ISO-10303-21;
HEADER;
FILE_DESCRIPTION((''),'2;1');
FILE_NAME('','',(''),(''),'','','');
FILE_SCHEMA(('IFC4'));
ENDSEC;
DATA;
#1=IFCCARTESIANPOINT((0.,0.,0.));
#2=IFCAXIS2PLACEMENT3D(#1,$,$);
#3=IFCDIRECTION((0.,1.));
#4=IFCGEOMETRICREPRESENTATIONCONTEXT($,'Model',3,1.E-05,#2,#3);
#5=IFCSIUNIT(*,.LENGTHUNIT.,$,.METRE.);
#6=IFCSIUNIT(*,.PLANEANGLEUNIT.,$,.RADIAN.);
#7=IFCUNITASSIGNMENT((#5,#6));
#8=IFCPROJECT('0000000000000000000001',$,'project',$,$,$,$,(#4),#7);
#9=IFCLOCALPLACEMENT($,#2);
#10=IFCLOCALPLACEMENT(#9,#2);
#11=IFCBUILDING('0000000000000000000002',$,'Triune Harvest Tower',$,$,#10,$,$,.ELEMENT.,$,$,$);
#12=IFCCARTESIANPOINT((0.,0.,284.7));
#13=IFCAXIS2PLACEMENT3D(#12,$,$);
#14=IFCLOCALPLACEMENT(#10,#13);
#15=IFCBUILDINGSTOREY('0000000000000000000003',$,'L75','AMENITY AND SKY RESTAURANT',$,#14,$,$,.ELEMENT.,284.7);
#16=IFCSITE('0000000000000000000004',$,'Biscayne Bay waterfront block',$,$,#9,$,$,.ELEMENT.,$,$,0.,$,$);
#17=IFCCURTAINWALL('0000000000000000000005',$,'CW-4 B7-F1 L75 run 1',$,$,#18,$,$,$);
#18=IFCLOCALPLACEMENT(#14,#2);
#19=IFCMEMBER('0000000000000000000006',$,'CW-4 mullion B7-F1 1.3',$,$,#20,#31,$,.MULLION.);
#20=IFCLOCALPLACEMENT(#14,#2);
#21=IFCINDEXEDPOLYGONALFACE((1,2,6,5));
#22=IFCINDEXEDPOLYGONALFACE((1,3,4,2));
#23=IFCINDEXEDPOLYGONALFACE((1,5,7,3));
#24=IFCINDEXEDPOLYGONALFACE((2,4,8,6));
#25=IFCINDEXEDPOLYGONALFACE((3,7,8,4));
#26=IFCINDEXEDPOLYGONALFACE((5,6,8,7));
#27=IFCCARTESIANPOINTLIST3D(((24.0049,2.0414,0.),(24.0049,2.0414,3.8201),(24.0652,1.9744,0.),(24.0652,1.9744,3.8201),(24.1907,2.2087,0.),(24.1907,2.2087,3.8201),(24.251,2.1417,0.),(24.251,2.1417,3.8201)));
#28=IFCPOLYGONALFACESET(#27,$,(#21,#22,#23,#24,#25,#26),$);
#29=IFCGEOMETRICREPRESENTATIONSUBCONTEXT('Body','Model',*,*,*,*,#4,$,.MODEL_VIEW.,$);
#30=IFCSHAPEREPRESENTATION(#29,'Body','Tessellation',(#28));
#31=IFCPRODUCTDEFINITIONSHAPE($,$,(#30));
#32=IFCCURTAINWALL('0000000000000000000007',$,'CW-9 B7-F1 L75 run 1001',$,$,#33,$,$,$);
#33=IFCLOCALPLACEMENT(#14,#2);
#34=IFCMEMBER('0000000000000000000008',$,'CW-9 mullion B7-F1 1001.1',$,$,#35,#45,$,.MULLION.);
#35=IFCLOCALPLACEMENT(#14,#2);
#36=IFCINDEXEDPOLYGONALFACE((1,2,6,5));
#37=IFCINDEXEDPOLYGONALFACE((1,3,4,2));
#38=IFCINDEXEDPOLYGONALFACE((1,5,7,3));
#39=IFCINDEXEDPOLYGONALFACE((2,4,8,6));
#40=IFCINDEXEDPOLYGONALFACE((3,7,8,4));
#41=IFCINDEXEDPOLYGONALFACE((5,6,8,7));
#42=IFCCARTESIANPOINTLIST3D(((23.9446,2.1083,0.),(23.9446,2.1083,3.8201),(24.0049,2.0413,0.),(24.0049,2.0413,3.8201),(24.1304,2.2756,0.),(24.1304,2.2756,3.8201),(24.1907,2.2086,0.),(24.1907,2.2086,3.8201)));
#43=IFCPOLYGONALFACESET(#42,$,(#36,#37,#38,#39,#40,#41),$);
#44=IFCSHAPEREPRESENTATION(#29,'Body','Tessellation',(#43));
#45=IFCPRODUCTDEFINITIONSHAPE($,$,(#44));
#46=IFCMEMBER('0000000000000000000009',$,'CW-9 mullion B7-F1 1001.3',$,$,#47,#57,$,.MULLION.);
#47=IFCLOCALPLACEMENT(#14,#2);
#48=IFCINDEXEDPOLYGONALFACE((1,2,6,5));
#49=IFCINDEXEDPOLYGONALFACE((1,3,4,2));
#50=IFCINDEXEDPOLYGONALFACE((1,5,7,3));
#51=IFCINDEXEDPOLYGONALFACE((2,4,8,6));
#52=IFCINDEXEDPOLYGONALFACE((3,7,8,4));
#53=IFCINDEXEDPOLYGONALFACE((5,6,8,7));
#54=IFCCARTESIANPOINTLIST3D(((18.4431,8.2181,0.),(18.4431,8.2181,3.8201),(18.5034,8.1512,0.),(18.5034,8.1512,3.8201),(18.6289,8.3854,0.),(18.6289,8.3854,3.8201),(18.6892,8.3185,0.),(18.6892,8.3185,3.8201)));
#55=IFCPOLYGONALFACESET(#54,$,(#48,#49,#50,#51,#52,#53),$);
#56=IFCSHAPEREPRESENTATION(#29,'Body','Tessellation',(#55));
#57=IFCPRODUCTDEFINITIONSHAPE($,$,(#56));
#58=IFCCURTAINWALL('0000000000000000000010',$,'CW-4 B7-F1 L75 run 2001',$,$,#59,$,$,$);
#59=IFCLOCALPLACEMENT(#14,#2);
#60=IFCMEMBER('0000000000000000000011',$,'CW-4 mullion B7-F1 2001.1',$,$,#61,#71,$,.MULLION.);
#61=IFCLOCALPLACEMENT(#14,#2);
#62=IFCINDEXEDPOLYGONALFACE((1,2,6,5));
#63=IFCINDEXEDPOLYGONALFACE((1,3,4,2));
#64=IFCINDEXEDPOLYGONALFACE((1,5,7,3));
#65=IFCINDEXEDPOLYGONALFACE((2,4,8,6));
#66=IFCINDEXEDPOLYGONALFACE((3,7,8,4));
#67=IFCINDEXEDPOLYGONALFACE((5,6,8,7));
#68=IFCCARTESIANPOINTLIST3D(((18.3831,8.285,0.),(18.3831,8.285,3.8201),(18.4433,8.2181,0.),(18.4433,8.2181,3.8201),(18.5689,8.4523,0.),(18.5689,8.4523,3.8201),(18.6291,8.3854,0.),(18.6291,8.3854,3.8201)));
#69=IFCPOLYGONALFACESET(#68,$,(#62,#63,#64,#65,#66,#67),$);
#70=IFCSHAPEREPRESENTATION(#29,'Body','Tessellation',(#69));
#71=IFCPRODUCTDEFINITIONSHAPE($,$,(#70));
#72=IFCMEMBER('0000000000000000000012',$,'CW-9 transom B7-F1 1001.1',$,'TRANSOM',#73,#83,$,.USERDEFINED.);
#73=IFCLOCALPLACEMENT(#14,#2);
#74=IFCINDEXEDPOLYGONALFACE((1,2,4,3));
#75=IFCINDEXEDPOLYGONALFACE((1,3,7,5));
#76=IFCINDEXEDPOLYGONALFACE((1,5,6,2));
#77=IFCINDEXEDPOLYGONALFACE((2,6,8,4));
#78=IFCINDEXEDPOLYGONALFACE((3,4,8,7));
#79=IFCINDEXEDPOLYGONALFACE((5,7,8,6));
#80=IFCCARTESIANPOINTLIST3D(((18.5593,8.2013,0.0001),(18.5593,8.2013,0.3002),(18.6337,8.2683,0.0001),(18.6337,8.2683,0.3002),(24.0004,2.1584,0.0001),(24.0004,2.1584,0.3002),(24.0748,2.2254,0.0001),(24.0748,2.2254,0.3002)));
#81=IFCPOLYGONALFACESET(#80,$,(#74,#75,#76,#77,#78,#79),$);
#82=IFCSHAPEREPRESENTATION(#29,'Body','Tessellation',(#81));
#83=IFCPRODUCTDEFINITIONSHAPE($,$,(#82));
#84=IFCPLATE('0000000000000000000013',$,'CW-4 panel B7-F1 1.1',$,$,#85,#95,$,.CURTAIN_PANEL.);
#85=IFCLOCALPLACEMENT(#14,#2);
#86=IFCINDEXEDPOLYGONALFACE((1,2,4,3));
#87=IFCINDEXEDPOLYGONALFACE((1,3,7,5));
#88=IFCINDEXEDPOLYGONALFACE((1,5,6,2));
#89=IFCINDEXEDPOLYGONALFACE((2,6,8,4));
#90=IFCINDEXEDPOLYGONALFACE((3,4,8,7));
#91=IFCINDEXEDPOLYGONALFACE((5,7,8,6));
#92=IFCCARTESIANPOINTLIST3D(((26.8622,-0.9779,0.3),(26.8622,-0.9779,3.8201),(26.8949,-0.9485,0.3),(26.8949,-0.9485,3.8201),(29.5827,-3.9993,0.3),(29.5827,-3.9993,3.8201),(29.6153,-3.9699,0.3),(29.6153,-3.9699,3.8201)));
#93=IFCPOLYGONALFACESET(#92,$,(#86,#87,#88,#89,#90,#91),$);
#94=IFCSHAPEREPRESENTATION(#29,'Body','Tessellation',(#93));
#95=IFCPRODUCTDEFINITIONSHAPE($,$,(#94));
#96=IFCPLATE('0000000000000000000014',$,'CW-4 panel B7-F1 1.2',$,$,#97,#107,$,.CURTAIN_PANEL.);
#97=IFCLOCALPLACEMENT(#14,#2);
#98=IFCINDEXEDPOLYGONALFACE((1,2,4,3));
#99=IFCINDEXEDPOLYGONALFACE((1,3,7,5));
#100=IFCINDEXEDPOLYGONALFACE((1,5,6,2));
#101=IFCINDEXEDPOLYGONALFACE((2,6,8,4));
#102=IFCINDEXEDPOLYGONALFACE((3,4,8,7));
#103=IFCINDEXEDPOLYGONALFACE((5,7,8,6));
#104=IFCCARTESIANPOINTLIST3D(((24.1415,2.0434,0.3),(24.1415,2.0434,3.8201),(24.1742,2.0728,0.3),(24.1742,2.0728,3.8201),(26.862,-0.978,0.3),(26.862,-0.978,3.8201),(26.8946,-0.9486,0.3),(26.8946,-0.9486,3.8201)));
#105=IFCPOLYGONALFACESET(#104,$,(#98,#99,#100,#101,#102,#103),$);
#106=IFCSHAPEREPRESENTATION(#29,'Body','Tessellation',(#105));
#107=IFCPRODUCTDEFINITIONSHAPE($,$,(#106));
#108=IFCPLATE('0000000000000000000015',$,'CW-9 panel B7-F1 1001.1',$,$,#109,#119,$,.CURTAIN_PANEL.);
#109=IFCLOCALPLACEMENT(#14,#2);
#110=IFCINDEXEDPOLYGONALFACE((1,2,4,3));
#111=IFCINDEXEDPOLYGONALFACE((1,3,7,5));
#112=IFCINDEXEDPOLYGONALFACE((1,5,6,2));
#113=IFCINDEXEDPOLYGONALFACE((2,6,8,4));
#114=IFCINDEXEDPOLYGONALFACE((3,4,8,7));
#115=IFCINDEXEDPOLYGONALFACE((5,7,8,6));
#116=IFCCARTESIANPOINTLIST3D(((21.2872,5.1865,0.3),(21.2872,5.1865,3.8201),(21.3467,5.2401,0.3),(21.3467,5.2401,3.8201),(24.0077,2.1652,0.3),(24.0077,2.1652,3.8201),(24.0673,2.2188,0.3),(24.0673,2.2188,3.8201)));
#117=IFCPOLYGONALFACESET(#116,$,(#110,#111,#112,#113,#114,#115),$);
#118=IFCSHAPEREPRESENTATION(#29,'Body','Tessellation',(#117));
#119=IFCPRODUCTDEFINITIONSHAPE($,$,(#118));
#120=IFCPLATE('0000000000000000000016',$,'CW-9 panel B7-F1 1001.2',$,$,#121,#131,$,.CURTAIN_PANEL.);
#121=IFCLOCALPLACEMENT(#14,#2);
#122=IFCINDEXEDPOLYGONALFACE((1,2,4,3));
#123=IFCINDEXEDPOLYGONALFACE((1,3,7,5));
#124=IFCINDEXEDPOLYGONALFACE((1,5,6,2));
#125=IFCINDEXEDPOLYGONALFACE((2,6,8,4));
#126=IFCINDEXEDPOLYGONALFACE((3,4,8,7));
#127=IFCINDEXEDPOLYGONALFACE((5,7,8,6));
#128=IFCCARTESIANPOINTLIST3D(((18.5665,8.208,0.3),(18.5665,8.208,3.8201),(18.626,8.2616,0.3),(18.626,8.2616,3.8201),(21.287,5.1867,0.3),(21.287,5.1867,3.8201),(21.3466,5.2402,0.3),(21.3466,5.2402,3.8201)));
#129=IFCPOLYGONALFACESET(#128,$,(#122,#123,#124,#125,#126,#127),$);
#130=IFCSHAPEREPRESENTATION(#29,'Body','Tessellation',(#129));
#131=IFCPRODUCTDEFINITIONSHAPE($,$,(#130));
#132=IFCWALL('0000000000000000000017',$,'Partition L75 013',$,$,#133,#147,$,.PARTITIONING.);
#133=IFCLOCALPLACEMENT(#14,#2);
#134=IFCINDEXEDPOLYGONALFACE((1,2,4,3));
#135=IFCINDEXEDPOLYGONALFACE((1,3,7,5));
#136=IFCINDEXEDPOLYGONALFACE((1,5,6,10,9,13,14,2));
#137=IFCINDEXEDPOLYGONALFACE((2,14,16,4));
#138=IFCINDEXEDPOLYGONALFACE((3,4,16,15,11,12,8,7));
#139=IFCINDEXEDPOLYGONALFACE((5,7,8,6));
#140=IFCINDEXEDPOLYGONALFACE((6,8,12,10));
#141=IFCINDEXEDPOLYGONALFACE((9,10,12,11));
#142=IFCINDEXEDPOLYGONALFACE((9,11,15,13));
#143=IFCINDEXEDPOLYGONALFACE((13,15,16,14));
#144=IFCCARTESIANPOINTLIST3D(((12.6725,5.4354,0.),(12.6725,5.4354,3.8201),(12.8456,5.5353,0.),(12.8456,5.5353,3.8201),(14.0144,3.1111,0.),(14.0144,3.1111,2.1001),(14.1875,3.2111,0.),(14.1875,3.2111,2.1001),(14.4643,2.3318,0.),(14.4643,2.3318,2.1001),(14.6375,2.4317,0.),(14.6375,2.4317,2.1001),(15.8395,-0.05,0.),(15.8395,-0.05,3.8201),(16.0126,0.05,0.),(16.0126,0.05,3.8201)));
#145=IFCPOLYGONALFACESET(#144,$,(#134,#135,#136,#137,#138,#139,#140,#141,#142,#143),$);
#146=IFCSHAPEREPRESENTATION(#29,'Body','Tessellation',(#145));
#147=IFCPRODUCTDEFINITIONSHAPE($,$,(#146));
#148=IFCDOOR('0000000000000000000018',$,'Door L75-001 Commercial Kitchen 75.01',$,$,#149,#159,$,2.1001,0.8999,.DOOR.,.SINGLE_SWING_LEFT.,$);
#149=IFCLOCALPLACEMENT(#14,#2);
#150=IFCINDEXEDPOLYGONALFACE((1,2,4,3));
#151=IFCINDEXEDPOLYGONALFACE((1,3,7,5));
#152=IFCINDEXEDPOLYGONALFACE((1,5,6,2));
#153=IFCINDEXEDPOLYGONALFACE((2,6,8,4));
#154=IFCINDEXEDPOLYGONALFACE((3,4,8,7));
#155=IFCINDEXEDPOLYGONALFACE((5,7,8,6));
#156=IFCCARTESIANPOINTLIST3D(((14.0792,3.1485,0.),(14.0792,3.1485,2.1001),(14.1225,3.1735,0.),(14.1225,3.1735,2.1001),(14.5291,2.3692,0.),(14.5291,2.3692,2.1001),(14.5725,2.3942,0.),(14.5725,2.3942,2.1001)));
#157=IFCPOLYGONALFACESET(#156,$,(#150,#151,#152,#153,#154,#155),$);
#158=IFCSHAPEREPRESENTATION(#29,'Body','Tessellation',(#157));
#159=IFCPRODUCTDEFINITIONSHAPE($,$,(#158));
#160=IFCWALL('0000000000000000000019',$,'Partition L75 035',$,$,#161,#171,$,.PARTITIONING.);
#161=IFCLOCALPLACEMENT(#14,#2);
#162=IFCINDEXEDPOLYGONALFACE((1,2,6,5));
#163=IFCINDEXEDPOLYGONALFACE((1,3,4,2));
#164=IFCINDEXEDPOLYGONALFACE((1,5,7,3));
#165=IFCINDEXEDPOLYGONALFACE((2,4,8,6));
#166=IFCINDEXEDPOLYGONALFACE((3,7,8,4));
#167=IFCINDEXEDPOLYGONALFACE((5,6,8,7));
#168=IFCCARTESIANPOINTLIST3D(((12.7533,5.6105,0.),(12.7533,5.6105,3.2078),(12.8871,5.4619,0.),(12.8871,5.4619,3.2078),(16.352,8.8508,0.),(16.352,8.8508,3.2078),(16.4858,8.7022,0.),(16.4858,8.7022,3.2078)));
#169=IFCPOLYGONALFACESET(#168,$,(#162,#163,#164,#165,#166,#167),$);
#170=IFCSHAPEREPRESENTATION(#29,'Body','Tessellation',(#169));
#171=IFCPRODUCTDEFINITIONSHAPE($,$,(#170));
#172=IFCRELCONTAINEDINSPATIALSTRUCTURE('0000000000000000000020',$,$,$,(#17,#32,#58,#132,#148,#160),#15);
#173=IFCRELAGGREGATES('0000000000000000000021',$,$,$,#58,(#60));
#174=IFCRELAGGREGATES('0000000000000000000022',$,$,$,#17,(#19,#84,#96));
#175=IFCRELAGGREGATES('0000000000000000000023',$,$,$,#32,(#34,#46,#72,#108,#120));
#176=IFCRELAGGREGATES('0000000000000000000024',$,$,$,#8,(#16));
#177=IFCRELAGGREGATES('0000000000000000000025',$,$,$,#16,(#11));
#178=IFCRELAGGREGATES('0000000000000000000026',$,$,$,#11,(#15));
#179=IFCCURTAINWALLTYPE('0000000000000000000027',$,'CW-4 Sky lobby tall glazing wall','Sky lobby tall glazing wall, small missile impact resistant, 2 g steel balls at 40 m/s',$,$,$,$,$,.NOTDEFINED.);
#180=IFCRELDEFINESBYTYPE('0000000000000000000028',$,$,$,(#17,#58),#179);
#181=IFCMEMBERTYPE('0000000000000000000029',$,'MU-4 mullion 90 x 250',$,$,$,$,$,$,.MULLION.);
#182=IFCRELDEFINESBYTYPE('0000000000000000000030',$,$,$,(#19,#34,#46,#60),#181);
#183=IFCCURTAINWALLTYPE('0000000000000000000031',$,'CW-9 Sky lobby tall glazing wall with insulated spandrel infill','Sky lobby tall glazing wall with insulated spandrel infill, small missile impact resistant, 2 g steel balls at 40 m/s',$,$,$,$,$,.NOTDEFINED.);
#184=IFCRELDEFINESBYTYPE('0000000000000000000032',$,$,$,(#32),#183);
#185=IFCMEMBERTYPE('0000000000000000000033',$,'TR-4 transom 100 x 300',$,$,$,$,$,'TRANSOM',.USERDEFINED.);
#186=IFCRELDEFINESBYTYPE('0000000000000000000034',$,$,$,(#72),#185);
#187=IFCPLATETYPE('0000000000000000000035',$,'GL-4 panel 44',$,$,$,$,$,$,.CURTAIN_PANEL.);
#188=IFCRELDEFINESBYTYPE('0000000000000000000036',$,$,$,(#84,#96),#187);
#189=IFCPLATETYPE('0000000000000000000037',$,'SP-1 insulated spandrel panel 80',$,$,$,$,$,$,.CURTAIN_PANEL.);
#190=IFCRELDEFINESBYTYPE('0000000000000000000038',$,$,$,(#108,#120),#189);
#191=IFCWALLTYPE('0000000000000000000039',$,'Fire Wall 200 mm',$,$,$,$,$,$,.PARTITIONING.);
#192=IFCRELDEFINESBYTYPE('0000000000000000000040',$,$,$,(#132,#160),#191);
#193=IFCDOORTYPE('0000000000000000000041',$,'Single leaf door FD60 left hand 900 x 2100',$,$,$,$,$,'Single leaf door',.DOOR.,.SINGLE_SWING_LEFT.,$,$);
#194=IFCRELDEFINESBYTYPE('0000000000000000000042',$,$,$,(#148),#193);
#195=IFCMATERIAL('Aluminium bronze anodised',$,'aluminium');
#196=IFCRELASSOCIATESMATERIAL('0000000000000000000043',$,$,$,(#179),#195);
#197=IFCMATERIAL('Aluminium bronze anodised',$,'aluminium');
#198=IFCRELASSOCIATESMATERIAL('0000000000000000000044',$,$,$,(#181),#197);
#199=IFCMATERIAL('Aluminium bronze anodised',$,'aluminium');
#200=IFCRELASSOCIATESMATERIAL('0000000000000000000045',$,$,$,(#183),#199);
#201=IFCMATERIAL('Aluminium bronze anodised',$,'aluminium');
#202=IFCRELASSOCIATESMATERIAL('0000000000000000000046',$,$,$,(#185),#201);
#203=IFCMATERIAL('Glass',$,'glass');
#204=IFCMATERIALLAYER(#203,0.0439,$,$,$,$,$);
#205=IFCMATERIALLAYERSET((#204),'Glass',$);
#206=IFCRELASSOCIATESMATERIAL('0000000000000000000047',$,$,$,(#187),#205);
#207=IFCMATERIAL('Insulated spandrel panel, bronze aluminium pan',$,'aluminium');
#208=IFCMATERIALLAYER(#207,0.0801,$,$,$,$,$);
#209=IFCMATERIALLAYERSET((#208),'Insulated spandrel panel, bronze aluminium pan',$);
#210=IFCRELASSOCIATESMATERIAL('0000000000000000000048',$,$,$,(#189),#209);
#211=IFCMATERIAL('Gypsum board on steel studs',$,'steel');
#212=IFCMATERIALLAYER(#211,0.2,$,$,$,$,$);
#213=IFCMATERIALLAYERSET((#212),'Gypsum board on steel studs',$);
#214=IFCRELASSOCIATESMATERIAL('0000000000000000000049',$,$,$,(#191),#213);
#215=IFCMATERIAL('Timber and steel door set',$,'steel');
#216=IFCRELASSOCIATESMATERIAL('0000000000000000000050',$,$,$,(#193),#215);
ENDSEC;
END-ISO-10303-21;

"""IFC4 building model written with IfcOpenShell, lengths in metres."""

from ifc_helpers import new_model, si_unit, direction, frame, frame_2d, origin, origin_2d, place, context, subcontext, project, spatial, rectangle, extrude, source, transform, mapped, material, layer, layer_set, material_profile, profile_set, type_object, element, fill, aggregate, save


model = new_model("IFC4")

# Units and contexts
model_context = context("Model", 3, precision=1e-05, world=origin(), true_north=direction((0.0, 1.0)))
body_context = subcontext(model_context, "Body", "Model", "MODEL_VIEW")
ifc_project = project(units=[si_unit("LENGTHUNIT", "METRE"), si_unit("PLANEANGLEUNIT", "RADIAN")], contexts=[model_context])

# Site, building, storey
site_placement = place(None, origin())
site = spatial("IfcSite", under=ifc_project, at=site_placement, Name="Biscayne Bay waterfront block", CompositionType="ELEMENT", RefElevation=0.0)
building_placement = place(site_placement, origin())
building = spatial("IfcBuilding", under=site, at=building_placement, Name="Triune Harvest Tower", CompositionType="ELEMENT")
storey_placement = place(building_placement, frame((0.0, 0.0, 284.7)))
storey = spatial("IfcBuildingStorey", under=building, at=storey_placement, Name="L75", Description="AMENITY AND SKY RESTAURANT", CompositionType="ELEMENT", Elevation=284.7)

# Curtain wall, member
ifc_material_1 = material(Name="Aluminium bronze anodised", Category="aluminium")
curtain_wall_type_1 = type_object("IfcCurtainWallType", Name="CW-4 Sky lobby tall glazing wall", Description="Sky lobby tall glazing wall, small missile impact resistant, 2 g steel balls at 40 m/s", PredefinedType="NOTDEFINED", material=ifc_material_1)
curtain_wall_1_placement = place(storey_placement, origin())
curtain_wall_1 = element("IfcCurtainWall", 1, at=curtain_wall_1_placement, inside=storey, type_object=curtain_wall_type_1, Name="CW-4 B7-F1 L75 run 1")
ifc_material_2 = material(Name="Aluminium bronze anodised", Category="aluminium")
ifc_material_profile_1 = material_profile(ifc_material_2, rectangle(XDim=0.25, YDim=0.0901, at=origin_2d()), Name="MU-4 mullion 90 x 250")
ifc_profile_set_1 = profile_set([ifc_material_profile_1], Name="Aluminium bronze anodised")
member_type_1 = type_object("IfcMemberType", Name="MU-4 mullion 90 x 250", PredefinedType="MULLION", material=ifc_profile_set_1)
shared_shape_1 = source(origin(), body_context, "Body", "SweptSolid", [
    extrude(rectangle(XDim=0.25, YDim=0.0901, at=origin_2d()), origin(), (0.0, 0.0, 1.0), 3.8201),
])
member_1_placement = place(storey_placement, frame((24.1279, 2.0916, 0.0), z_axis=(0.0, 0.0, 1.0), x_axis=(-0.743149, -0.669126, 0.0)))
member_1 = element("IfcMember", 2, at=member_1_placement, type_object=member_type_1, Name="CW-4 mullion B7-F1 1.3", PredefinedType="MULLION", context=body_context, shape_type="MappedRepresentation", body=[
    mapped(shared_shape_1, transform((0.0, 0.0, 0.0), scale=1.0)),
])

# Curtain wall, members
ifc_material_3 = material(Name="Aluminium bronze anodised", Category="aluminium")
curtain_wall_type_2 = type_object("IfcCurtainWallType", Name="CW-9 Sky lobby tall glazing wall with insulated spandrel infill", Description="Sky lobby tall glazing wall with insulated spandrel infill, small missile impact resistant, 2 g steel balls at 40 m/s", PredefinedType="NOTDEFINED", material=ifc_material_3)
curtain_wall_2_placement = place(storey_placement, origin())
curtain_wall_2 = element("IfcCurtainWall", 3, at=curtain_wall_2_placement, inside=storey, type_object=curtain_wall_type_2, Name="CW-9 B7-F1 L75 run 1001")
member_2_placement = place(storey_placement, frame((24.0676, 2.1584, 0.0), z_axis=(0.0, 0.0, 1.0), x_axis=(-0.743135, -0.669142, 0.0)))
member_2 = element("IfcMember", 4, at=member_2_placement, type_object=member_type_1, Name="CW-9 mullion B7-F1 1001.1", PredefinedType="MULLION", context=body_context, shape_type="MappedRepresentation", body=[
    mapped(shared_shape_1, transform((0.0, 0.0, 0.0), scale=1.0)),
])
member_3_placement = place(storey_placement, frame((18.5662, 8.2683, 0.0), z_axis=(0.0, 0.0, 1.0), x_axis=(-0.743135, -0.669142, 0.0)))
member_3 = element("IfcMember", 5, at=member_3_placement, type_object=member_type_1, Name="CW-9 mullion B7-F1 1001.3", PredefinedType="MULLION", context=body_context, shape_type="MappedRepresentation", body=[
    mapped(shared_shape_1, transform((0.0, 0.0, 0.0), scale=1.0)),
])

# Curtain wall, member
curtain_wall_3_placement = place(storey_placement, origin())
curtain_wall_3 = element("IfcCurtainWall", 6, at=curtain_wall_3_placement, inside=storey, type_object=curtain_wall_type_1, Name="CW-4 B7-F1 L75 run 2001")
member_4_placement = place(storey_placement, frame((18.5061, 8.3352, 0.0), z_axis=(0.0, 0.0, 1.0), x_axis=(-0.74315, -0.669125, 0.0)))
member_4 = element("IfcMember", 7, at=member_4_placement, type_object=member_type_1, Name="CW-4 mullion B7-F1 2001.1", PredefinedType="MULLION", context=body_context, shape_type="MappedRepresentation", body=[
    mapped(shared_shape_1, transform((0.0, 0.0, 0.0), scale=1.0)),
])
aggregate(curtain_wall_3, [member_4])

# Member
ifc_material_4 = material(Name="Aluminium bronze anodised", Category="aluminium")
ifc_material_profile_2 = material_profile(ifc_material_4, rectangle(XDim=0.1001, YDim=0.3, at=origin_2d()), Name="TR-4 transom 100 x 300")
ifc_profile_set_2 = profile_set([ifc_material_profile_2], Name="Aluminium bronze anodised")
member_type_2 = type_object("IfcMemberType", Name="TR-4 transom 100 x 300", ElementType="TRANSOM", PredefinedType="USERDEFINED", material=ifc_profile_set_2)
shared_shape_2 = source(origin(), body_context, "Body", "SweptSolid", [
    extrude(rectangle(XDim=0.1001, YDim=0.3, at=origin_2d()), origin(), (0.0, 0.0, 1.0), 8.1316),
])
member_5_placement = place(storey_placement, frame((24.0376, 2.1919, 0.1501), z_axis=(-0.669134, 0.743142, 0.0), x_axis=(-0.743142, -0.669134, 0.0)))
member_5 = element("IfcMember", 8, at=member_5_placement, type_object=member_type_2, Name="CW-9 transom B7-F1 1001.1", ObjectType="TRANSOM", PredefinedType="USERDEFINED", context=body_context, shape_type="MappedRepresentation", body=[
    mapped(shared_shape_2, transform((0.0, 0.0, 0.0), scale=1.0)),
])

# Plates
ifc_material_5 = material(Name="Glass", Category="glass")
ifc_layer_1 = layer(ifc_material_5, 0.0439)
ifc_layer_set_1 = layer_set([ifc_layer_1], Name="Glass")
plate_type_1 = type_object("IfcPlateType", Name="GL-4 panel 44", PredefinedType="CURTAIN_PANEL", material=ifc_layer_set_1)
shared_shape_3 = source(origin(), body_context, "Body", "SweptSolid", [
    extrude(rectangle(XDim=4.0657, YDim=0.0439, at=origin_2d()), origin(), (0.0, 0.0, 1.0), 3.52),
])
plate_1_placement = place(storey_placement, frame((28.2388, -2.4739, 0.3), z_axis=(0.0, 0.0, 1.0), x_axis=(-0.669126, 0.743149, 0.0)))
plate_1 = element("IfcPlate", 9, at=plate_1_placement, type_object=plate_type_1, Name="CW-4 panel B7-F1 1.1", PredefinedType="CURTAIN_PANEL", context=body_context, shape_type="MappedRepresentation", body=[
    mapped(shared_shape_3, transform((0.0, 0.0, 0.0), scale=1.0)),
])
plate_2_placement = place(storey_placement, frame((25.5181, 0.5474, 0.3), z_axis=(0.0, 0.0, 1.0), x_axis=(-0.669126, 0.743149, 0.0)))
plate_2 = element("IfcPlate", 10, at=plate_2_placement, type_object=plate_type_1, Name="CW-4 panel B7-F1 1.2", PredefinedType="CURTAIN_PANEL", context=body_context, shape_type="MappedRepresentation", body=[
    mapped(shared_shape_3, transform((0.0, 0.0, 0.0), scale=1.0)),
])
aggregate(curtain_wall_1, [member_1, plate_1, plate_2])
ifc_material_6 = material(Name="Insulated spandrel panel, bronze aluminium pan", Category="aluminium")
ifc_layer_2 = layer(ifc_material_6, 0.0801)
ifc_layer_set_2 = layer_set([ifc_layer_2], Name="Insulated spandrel panel, bronze aluminium pan")
plate_type_2 = type_object("IfcPlateType", Name="SP-1 insulated spandrel panel 80", PredefinedType="CURTAIN_PANEL", material=ifc_layer_set_2)
shared_shape_4 = source(origin(), body_context, "Body", "SweptSolid", [
    extrude(rectangle(XDim=4.0657, YDim=0.0801, at=origin_2d()), origin(), (0.0, 0.0, 1.0), 3.52),
])
plate_3_placement = place(storey_placement, frame((22.6772, 3.7026, 0.3), z_axis=(0.0, 0.0, 1.0), x_axis=(-0.669142, 0.743135, 0.0)))
plate_3 = element("IfcPlate", 11, at=plate_3_placement, type_object=plate_type_2, Name="CW-9 panel B7-F1 1001.1", PredefinedType="CURTAIN_PANEL", context=body_context, shape_type="MappedRepresentation", body=[
    mapped(shared_shape_4, transform((0.0, 0.0, 0.0), scale=1.0)),
])
plate_4_placement = place(storey_placement, frame((19.9565, 6.7241, 0.3), z_axis=(0.0, 0.0, 1.0), x_axis=(-0.669142, 0.743135, 0.0)))
plate_4 = element("IfcPlate", 12, at=plate_4_placement, type_object=plate_type_2, Name="CW-9 panel B7-F1 1001.2", PredefinedType="CURTAIN_PANEL", context=body_context, shape_type="MappedRepresentation", body=[
    mapped(shared_shape_4, transform((0.0, 0.0, 0.0), scale=1.0)),
])
aggregate(curtain_wall_2, [member_2, member_3, member_5, plate_3, plate_4])

# Wall, opening, door
ifc_material_7 = material(Name="Gypsum board on steel studs", Category="steel")
ifc_layer_3 = layer(ifc_material_7, 0.2)
ifc_layer_set_3 = layer_set([ifc_layer_3], Name="Gypsum board on steel studs")
wall_type_1 = type_object("IfcWallType", Name="Fire Wall 200 mm", PredefinedType="PARTITIONING", material=ifc_layer_set_3)
wall_1_placement = place(storey_placement, frame((12.759, 5.4854, 0.0), z_axis=(0.0, 0.0, 1.0), x_axis=(0.500003, -0.866024, 0.0)))
wall_1 = element("IfcWall", 13, at=wall_1_placement, inside=storey, type_object=wall_type_1, Name="Partition L75 013", PredefinedType="PARTITIONING", context=body_context, shape_type="SweptSolid", body=[
    extrude(rectangle(XDim=6.334, YDim=0.2, at=frame_2d((3.167, 0.0))), origin(), (0.0, 0.0, 1.0), 3.8201),
])
opening_1_placement = place(wall_1_placement, frame((2.6838, 0.0, 0.0)))
opening_1 = element("IfcOpeningElement", 14, at=opening_1_placement, cuts=wall_1, PredefinedType="OPENING", context=body_context, shape_type="SweptSolid", body=[
    extrude(rectangle(XDim=0.8999, YDim=2.1001, at=frame_2d((0.45, 1.05))), frame((0.0, 0.1099, 0.0), z_axis=(0.0, -1.0, 0.0), x_axis=(1.0, 0.0, 0.0)), (0.0, 0.0, 1.0), 0.22),
])
ifc_material_8 = material(Name="Timber and steel door set", Category="steel")
door_type_1 = type_object("IfcDoorType", Name="Single leaf door FD60 left hand 900 x 2100", ElementType="Single leaf door", OperationType="SINGLE_SWING_LEFT", PredefinedType="DOOR", material=ifc_material_8)
door_1_placement = place(opening_1_placement, origin())
door_1 = element("IfcDoor", 15, at=door_1_placement, inside=storey, type_object=door_type_1, Name="Door L75-001 Commercial Kitchen 75.01", OperationType="SINGLE_SWING_LEFT", OverallHeight=2.1001, OverallWidth=0.8999, PredefinedType="DOOR", context=body_context, shape_type="SweptSolid", body=[
    extrude(rectangle(XDim=0.8999, YDim=2.1001, at=frame_2d((0.45, 1.05))), frame((0.0, 0.0249, 0.0), z_axis=(0.0, -1.0, 0.0), x_axis=(1.0, 0.0, 0.0)), (0.0, 0.0, 1.0), 0.05),
])
fill(opening_1, door_1)

# Wall
wall_2_placement = place(storey_placement, frame((12.8201, 5.5361, 0.0), z_axis=(0.0, 0.0, 1.0), x_axis=(0.743144, 0.669132, 0.0)))
element("IfcWall", 16, at=wall_2_placement, inside=storey, type_object=wall_type_1, Name="Partition L75 035", PredefinedType="PARTITIONING", context=body_context, shape_type="SweptSolid", body=[
    extrude(rectangle(XDim=4.8425, YDim=0.2, at=frame_2d((2.4214, 0.0))), origin(), (0.0, 0.0, 1.0), 3.2078),
])

save(model, "model.ifc")
